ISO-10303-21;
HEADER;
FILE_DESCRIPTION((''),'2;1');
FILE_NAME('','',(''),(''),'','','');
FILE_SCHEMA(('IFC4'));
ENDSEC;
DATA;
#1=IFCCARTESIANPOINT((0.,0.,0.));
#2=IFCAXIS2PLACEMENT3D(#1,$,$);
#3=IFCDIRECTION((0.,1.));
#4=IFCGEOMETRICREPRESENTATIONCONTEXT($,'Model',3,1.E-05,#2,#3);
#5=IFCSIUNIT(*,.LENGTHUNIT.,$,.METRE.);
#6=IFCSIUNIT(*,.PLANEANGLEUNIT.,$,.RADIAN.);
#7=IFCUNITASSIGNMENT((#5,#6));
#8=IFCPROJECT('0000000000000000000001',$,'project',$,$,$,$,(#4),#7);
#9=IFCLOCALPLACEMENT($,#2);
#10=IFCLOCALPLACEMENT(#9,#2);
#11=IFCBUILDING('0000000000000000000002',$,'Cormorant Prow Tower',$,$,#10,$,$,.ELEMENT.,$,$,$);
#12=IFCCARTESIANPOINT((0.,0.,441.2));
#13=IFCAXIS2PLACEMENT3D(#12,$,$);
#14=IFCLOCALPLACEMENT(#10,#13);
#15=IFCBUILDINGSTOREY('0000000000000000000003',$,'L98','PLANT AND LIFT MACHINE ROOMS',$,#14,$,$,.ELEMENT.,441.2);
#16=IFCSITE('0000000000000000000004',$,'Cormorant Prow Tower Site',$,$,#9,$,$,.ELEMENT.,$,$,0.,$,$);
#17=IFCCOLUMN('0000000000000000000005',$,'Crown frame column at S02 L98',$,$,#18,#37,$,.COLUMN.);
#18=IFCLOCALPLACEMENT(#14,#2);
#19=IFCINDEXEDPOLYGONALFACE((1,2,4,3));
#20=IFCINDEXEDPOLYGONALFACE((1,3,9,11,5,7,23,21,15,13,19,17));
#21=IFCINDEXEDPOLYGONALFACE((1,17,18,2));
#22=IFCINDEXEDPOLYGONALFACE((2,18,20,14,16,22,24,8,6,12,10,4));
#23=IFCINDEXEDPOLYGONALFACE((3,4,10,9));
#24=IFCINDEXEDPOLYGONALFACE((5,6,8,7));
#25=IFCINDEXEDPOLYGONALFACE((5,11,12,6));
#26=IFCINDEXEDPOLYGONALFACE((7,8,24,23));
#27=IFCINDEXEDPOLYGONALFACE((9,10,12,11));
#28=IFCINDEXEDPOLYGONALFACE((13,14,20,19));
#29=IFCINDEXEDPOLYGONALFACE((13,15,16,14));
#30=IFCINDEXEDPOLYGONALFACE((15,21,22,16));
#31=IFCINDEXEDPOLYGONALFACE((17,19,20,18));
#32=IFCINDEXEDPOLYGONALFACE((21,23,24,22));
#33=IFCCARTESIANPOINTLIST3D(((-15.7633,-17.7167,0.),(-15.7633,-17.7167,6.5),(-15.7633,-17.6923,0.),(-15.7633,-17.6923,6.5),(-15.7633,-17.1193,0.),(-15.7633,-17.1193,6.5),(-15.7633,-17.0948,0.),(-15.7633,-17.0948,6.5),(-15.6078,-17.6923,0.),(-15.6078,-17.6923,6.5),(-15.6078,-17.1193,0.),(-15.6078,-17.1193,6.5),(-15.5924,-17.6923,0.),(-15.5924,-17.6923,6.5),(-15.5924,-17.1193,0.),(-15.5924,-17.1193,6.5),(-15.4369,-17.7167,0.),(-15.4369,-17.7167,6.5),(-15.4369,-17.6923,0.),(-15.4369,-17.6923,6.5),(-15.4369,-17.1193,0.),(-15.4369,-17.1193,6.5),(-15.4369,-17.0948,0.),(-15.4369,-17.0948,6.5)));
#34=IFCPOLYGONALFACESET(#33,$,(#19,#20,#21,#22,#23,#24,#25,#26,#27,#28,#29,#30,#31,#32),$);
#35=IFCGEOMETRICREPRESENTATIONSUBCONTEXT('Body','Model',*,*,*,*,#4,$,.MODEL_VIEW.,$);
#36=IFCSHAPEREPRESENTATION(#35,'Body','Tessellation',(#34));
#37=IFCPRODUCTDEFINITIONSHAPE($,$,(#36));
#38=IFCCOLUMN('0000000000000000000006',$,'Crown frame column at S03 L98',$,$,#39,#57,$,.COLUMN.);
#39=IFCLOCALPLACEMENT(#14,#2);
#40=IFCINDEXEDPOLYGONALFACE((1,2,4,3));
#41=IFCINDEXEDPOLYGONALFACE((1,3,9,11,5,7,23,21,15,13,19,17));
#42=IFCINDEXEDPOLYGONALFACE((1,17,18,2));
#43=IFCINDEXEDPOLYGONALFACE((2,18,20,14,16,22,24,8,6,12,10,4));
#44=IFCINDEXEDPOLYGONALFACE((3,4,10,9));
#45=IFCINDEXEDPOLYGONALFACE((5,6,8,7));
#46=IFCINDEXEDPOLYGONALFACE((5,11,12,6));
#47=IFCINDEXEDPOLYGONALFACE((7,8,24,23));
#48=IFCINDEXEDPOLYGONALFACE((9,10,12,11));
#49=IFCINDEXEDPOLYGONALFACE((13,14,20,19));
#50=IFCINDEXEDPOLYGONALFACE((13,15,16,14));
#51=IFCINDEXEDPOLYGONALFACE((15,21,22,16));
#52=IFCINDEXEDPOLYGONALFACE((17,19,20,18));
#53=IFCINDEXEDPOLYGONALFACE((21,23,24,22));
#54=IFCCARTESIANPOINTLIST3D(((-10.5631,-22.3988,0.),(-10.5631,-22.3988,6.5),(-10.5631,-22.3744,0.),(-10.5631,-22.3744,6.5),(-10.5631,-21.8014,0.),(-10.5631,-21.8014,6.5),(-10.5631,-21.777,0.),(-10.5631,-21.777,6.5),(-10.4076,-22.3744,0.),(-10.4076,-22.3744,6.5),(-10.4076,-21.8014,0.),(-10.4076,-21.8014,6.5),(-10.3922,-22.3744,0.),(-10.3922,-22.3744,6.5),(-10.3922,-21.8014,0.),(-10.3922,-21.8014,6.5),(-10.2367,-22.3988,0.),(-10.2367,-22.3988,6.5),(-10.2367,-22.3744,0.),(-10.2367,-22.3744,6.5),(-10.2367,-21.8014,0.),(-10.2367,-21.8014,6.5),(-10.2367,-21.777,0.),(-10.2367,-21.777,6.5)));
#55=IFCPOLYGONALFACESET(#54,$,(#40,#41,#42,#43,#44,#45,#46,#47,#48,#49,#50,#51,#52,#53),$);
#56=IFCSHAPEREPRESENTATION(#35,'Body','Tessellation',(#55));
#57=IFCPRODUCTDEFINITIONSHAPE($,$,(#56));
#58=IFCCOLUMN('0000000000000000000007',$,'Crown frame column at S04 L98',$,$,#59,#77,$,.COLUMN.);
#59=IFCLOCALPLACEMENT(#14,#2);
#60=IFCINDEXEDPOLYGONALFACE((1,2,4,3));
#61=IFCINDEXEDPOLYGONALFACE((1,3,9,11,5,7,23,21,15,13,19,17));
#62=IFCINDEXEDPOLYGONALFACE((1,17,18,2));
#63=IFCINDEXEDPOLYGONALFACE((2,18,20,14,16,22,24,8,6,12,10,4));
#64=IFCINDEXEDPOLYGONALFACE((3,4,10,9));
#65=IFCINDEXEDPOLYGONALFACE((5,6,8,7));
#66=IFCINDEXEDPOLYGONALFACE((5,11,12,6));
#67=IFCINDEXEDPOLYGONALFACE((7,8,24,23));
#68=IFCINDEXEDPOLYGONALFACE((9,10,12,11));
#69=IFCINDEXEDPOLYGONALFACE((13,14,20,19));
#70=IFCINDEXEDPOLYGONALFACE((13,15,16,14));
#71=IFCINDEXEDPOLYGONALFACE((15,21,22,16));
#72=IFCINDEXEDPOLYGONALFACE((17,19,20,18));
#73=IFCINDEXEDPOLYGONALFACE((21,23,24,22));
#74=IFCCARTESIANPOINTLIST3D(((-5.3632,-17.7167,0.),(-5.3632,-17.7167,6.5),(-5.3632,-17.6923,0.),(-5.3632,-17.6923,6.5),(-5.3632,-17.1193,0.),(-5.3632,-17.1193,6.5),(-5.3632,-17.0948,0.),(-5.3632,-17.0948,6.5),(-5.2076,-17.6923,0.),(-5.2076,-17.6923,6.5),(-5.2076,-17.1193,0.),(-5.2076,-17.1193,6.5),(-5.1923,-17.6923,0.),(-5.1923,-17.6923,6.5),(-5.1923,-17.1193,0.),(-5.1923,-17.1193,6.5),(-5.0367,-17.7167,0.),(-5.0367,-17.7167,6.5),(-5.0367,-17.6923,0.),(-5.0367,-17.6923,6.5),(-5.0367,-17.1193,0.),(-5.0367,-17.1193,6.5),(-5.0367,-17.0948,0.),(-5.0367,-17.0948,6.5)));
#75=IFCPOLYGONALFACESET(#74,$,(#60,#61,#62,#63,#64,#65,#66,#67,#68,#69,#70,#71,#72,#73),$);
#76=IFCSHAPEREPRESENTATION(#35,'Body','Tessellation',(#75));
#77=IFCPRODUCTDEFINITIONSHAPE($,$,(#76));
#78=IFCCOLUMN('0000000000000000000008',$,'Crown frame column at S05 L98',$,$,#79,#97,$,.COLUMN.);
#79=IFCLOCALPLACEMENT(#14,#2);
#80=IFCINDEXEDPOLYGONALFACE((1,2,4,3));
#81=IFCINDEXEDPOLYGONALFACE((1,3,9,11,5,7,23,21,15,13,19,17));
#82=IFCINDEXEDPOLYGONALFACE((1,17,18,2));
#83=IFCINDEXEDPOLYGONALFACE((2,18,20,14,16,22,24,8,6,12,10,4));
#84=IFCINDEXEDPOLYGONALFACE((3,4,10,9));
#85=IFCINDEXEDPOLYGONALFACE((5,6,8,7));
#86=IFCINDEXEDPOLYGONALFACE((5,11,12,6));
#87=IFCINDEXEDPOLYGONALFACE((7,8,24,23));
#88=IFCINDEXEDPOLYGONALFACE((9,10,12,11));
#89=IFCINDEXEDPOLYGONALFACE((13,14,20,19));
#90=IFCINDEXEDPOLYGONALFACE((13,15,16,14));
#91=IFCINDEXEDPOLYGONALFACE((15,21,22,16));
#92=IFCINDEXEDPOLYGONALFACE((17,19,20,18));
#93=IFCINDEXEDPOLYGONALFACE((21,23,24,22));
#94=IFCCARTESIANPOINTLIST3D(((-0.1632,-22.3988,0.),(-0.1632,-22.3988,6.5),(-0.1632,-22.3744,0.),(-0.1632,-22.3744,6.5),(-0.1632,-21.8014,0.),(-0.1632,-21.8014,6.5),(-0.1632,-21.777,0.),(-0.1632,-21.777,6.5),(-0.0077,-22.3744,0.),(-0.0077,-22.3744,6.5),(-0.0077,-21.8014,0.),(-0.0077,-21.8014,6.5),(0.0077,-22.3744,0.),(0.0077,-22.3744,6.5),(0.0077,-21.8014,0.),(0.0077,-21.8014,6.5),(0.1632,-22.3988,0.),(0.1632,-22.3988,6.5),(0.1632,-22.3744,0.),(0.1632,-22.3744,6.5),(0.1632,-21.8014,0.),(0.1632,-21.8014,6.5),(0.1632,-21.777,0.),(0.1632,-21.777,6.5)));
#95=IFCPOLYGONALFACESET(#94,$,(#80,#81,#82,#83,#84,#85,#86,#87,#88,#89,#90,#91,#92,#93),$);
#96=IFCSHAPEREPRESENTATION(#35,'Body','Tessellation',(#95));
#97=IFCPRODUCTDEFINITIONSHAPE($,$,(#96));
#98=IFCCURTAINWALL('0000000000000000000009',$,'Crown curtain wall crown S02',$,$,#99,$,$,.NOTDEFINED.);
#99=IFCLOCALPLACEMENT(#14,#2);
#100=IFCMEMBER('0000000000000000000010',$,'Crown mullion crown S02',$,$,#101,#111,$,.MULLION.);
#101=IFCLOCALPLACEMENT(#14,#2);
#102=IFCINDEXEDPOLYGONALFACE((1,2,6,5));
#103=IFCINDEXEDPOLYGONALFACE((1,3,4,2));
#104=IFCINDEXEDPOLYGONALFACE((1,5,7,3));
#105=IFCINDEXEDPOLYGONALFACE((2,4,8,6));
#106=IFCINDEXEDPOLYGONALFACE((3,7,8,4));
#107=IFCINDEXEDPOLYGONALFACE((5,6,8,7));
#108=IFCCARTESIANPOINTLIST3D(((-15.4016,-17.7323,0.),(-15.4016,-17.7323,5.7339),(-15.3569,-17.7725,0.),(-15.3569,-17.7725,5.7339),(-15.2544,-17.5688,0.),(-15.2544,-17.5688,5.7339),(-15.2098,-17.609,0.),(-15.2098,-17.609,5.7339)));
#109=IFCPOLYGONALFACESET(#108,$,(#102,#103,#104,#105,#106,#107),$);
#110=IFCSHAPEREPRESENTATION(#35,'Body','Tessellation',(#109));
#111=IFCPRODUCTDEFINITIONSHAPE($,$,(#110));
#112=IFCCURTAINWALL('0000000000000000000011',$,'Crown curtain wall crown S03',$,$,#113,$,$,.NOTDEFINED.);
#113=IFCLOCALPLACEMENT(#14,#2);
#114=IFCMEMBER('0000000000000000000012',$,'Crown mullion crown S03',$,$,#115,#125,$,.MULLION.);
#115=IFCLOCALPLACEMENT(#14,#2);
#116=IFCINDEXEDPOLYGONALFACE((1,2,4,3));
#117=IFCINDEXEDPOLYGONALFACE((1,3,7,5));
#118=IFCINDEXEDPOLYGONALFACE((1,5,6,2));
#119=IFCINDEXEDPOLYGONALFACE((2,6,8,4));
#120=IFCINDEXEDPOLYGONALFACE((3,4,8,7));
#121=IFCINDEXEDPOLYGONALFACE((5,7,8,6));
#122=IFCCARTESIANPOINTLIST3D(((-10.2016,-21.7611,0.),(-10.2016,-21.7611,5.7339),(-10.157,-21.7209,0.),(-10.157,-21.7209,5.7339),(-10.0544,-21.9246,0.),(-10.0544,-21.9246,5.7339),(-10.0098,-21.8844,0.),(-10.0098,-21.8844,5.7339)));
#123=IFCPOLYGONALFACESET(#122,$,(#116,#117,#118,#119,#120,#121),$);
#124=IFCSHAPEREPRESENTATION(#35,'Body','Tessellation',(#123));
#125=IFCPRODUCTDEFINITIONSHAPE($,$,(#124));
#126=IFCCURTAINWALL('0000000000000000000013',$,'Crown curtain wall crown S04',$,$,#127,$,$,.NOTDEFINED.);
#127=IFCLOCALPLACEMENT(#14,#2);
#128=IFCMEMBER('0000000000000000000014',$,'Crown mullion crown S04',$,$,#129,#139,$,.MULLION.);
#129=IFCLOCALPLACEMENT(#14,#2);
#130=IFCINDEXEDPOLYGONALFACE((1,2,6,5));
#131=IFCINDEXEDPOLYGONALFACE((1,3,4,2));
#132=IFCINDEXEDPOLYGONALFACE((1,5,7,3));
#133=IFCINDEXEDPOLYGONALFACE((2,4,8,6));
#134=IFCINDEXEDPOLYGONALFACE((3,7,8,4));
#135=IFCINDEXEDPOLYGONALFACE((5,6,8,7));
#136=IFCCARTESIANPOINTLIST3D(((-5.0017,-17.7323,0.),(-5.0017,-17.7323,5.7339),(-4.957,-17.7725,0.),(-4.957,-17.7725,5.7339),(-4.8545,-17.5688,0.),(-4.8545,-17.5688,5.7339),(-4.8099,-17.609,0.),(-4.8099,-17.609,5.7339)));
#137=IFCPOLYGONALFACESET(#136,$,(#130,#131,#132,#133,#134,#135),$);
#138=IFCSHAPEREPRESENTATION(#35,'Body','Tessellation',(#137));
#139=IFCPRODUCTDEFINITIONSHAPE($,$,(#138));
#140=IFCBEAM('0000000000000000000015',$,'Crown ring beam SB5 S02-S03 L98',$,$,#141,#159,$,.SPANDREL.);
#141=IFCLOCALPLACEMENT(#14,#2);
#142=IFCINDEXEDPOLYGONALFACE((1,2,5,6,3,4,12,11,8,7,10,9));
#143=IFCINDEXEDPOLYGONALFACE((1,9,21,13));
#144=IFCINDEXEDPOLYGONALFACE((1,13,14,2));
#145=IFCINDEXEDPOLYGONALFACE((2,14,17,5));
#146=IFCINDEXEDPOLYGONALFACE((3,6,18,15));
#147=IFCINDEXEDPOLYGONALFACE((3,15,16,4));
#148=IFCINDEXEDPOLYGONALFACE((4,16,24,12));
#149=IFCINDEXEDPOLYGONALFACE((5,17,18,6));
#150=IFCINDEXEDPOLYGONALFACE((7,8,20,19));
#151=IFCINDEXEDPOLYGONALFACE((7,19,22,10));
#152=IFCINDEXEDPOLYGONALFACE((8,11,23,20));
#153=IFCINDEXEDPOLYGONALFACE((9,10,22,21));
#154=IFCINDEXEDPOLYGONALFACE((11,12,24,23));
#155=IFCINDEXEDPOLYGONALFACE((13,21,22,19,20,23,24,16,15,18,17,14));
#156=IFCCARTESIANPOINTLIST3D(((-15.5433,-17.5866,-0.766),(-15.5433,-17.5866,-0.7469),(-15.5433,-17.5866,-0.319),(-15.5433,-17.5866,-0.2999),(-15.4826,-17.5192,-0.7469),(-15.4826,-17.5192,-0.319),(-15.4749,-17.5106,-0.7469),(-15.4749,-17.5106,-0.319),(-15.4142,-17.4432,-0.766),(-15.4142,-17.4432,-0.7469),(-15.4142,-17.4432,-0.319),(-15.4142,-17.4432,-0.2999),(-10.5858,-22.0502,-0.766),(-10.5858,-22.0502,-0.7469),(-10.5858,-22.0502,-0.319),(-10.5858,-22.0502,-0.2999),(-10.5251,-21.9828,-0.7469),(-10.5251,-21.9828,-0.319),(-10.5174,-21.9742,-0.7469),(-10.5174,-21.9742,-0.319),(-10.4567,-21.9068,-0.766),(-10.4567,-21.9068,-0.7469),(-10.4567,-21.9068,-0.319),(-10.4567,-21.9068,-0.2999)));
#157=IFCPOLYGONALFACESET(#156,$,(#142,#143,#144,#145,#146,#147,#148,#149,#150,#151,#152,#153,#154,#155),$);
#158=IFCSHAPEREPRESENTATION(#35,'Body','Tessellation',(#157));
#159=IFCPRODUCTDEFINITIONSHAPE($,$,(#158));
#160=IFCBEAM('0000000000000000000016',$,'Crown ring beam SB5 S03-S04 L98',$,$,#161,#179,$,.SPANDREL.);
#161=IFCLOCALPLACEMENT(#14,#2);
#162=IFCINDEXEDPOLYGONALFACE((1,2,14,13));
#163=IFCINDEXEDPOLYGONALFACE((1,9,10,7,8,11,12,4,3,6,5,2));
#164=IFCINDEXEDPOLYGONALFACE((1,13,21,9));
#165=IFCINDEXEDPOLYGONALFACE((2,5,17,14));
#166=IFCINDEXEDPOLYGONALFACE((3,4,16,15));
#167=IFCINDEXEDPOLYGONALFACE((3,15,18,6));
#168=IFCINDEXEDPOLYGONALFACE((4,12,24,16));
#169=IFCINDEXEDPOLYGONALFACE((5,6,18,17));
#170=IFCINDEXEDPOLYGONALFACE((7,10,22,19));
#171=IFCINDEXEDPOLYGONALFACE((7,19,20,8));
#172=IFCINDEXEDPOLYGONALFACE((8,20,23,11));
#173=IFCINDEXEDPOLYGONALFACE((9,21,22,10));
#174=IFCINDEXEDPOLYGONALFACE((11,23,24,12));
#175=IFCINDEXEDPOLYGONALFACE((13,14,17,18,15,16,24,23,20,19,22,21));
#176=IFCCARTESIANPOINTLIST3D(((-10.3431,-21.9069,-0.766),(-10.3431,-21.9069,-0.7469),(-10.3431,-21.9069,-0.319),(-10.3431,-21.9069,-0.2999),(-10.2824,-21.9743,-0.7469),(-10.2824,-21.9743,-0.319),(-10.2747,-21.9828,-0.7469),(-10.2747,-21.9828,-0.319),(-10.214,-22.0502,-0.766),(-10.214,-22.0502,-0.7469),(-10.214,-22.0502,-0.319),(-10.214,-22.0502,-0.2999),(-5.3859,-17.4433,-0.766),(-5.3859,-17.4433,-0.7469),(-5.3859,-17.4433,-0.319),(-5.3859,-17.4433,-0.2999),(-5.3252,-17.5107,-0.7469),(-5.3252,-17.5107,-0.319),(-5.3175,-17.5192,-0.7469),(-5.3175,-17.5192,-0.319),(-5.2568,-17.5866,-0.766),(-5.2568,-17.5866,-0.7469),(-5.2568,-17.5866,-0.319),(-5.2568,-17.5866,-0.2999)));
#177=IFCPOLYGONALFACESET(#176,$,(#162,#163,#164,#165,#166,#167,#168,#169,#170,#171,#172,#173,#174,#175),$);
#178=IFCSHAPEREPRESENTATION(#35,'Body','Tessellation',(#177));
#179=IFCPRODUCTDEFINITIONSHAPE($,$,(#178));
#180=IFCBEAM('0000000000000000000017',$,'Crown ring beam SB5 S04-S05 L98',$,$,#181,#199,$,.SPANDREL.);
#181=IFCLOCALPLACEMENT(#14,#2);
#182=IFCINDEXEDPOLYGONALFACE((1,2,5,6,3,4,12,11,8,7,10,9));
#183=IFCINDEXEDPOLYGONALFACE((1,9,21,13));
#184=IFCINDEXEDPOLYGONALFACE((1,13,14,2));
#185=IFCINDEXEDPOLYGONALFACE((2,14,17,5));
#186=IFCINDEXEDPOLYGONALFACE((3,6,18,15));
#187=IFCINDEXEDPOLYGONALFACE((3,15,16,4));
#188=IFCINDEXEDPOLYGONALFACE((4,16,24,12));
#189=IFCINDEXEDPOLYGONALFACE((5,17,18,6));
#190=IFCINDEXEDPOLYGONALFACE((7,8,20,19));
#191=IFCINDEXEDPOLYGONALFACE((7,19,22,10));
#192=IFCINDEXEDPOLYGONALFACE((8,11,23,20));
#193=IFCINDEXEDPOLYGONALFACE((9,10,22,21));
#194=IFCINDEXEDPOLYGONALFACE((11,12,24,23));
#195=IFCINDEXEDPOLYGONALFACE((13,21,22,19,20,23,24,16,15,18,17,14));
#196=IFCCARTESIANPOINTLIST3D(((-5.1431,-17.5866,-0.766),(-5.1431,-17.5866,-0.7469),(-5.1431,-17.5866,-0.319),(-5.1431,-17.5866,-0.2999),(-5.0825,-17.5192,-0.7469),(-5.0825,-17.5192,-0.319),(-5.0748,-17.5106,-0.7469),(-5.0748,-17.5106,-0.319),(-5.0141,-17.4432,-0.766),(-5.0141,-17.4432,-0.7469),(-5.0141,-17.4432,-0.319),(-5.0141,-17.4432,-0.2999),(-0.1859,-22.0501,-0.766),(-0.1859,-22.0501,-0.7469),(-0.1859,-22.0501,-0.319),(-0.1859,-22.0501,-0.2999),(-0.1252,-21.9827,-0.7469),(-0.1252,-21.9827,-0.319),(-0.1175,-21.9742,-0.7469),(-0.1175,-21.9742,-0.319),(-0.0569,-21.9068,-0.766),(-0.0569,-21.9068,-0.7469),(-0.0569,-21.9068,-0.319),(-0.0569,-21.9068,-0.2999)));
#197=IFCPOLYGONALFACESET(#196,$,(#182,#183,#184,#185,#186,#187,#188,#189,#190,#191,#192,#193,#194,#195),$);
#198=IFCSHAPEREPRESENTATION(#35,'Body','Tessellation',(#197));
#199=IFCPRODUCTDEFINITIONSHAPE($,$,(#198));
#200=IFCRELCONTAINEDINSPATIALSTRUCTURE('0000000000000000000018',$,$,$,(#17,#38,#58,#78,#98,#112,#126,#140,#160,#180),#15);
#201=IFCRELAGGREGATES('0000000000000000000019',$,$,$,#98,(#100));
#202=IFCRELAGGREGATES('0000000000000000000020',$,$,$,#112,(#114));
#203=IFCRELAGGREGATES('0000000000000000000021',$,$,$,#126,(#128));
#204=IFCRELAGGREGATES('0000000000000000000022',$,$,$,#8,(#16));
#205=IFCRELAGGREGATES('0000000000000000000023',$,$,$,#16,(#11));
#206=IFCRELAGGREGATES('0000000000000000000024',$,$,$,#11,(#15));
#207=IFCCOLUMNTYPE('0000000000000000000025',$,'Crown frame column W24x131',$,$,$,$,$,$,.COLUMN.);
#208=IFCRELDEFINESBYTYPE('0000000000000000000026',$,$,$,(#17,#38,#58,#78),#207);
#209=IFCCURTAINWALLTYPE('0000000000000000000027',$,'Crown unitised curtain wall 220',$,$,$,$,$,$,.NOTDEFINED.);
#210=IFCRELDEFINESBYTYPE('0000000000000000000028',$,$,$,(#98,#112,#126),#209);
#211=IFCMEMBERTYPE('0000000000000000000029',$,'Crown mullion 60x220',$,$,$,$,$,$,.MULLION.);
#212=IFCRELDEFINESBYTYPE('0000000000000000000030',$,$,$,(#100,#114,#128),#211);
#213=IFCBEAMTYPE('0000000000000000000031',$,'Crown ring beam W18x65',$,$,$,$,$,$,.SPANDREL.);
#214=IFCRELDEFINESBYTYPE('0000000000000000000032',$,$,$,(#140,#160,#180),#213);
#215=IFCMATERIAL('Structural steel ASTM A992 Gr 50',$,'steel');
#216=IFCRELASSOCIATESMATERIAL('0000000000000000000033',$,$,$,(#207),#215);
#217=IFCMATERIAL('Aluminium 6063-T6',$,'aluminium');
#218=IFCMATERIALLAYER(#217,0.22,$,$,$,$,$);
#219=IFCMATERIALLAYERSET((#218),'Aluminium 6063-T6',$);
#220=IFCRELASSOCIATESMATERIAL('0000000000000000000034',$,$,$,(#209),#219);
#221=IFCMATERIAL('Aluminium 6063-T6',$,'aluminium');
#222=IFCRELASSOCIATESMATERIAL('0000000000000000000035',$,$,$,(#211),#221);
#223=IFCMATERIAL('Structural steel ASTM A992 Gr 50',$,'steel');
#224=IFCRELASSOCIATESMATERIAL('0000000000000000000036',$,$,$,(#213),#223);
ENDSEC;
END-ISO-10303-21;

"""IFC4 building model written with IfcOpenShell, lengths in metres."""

from ifc_helpers import new_model, si_unit, direction, frame, origin, origin_2d, place, context, subcontext, project, spatial, rectangle, i_section, extrude, material, layer, layer_set, material_profile, profile_set, type_object, element, aggregate, save


model = new_model("IFC4")

# Units and contexts
model_context = context("Model", 3, precision=1e-05, world=origin(), true_north=direction((0.0, 1.0)))
body_context = subcontext(model_context, "Body", "Model", "MODEL_VIEW")
ifc_project = project(units=[si_unit("LENGTHUNIT", "METRE"), si_unit("PLANEANGLEUNIT", "RADIAN")], contexts=[model_context])

# Site, building, storey
site_placement = place(None, origin())
site = spatial("IfcSite", under=ifc_project, at=site_placement, Name="Cormorant Prow Tower Site", CompositionType="ELEMENT", RefElevation=0.0)
building_placement = place(site_placement, origin())
building = spatial("IfcBuilding", under=site, at=building_placement, Name="Cormorant Prow Tower", CompositionType="ELEMENT")
storey_placement = place(building_placement, frame((0.0, 0.0, 441.2)))
storey = spatial("IfcBuildingStorey", under=building, at=storey_placement, Name="L98", Description="PLANT AND LIFT MACHINE ROOMS", CompositionType="ELEMENT", Elevation=441.2)

# Columns
ifc_material_1 = material(Name="Structural steel ASTM A992 Gr 50", Category="steel")
ifc_material_profile_1 = material_profile(ifc_material_1, i_section(OverallWidth=0.3264, OverallDepth=0.6218, WebThickness=0.0154, FlangeThickness=0.0244, at=origin_2d()), Name="W24x131")
ifc_profile_set_1 = profile_set([ifc_material_profile_1], Name="Structural steel ASTM A992 Gr 50")
column_type = type_object("IfcColumnType", Name="Crown frame column W24x131", PredefinedType="COLUMN", material=ifc_profile_set_1)
for number, where, z_axis, x_axis, name in (
    (1, (-15.6001, -17.4058, 0.0), (0.0, 0.0, 1.0), (1.0, 0.0, 0.0), "Crown frame column at S02 L98"),
    (2, (-10.3999, -22.0879, 0.0), (0.0, 0.0, 1.0), (1.0, 0.0, 0.0), "Crown frame column at S03 L98"),
    (3, (-5.2, -17.4058, 0.0), (0.0, 0.0, 1.0), (1.0, 0.0, 0.0), "Crown frame column at S04 L98"),
    (4, (0.0, -22.0879, 0.0), (0.0, 0.0, 1.0), (1.0, 0.0, 0.0), "Crown frame column at S05 L98"),
):
    element("IfcColumn", number, at=place(storey_placement, frame(where, z_axis=z_axis, x_axis=x_axis)), inside=storey, type_object=column_type, Name=name, PredefinedType="COLUMN", context=body_context, shape_type="SweptSolid", body=[
        extrude(i_section(OverallWidth=0.3264, OverallDepth=0.6218, WebThickness=0.0154, FlangeThickness=0.0244, at=origin_2d()), origin(), (0.0, 0.0, 1.0), 6.5),
    ])

# Curtain walls, members
ifc_material_2 = material(Name="Aluminium 6063-T6", Category="aluminium")
ifc_layer_1 = layer(ifc_material_2, 0.22)
ifc_layer_set_1 = layer_set([ifc_layer_1], Name="Aluminium 6063-T6")
curtain_wall_type = type_object("IfcCurtainWallType", Name="Crown unitised curtain wall 220", PredefinedType="NOTDEFINED", material=ifc_layer_set_1)
curtain_wall_1_placement = place(storey_placement, origin())
curtain_wall_1 = element("IfcCurtainWall", 5, at=curtain_wall_1_placement, inside=storey, type_object=curtain_wall_type, Name="Crown curtain wall crown S02", PredefinedType="NOTDEFINED")
ifc_material_3 = material(Name="Aluminium 6063-T6", Category="aluminium")
ifc_material_profile_2 = material_profile(ifc_material_3, rectangle(XDim=0.22, YDim=0.0601, at=origin_2d()), Name="Crown mullion 60x220")
ifc_profile_set_2 = profile_set([ifc_material_profile_2], Name="Aluminium 6063-T6")
member_type_1 = type_object("IfcMemberType", Name="Crown mullion 60x220", PredefinedType="MULLION", material=ifc_profile_set_2)
member_1_placement = place(storey_placement, frame((-15.3057, -17.6707, 0.0), z_axis=(0.0, 0.0, 1.0), x_axis=(0.669131, 0.743145, 0.0)))
member_1 = element("IfcMember", 6, at=member_1_placement, type_object=member_type_1, Name="Crown mullion crown S02", PredefinedType="MULLION", context=body_context, shape_type="SweptSolid", body=[
    extrude(rectangle(XDim=0.22, YDim=0.0601, at=origin_2d()), origin(), (0.0, 0.0, 1.0), 5.7339),
])
curtain_wall_2_placement = place(storey_placement, origin())
curtain_wall_2 = element("IfcCurtainWall", 7, at=curtain_wall_2_placement, inside=storey, type_object=curtain_wall_type, Name="Crown curtain wall crown S03", PredefinedType="NOTDEFINED")
member_2_placement = place(storey_placement, frame((-10.1057, -21.8228, 0.0), z_axis=(0.0, 0.0, 1.0), x_axis=(-0.669131, 0.743145, 0.0)))
member_2 = element("IfcMember", 8, at=member_2_placement, type_object=member_type_1, Name="Crown mullion crown S03", PredefinedType="MULLION", context=body_context, shape_type="SweptSolid", body=[
    extrude(rectangle(XDim=0.22, YDim=0.0601, at=origin_2d()), origin(), (0.0, 0.0, 1.0), 5.7339),
])
curtain_wall_3_placement = place(storey_placement, origin())
curtain_wall_3 = element("IfcCurtainWall", 9, at=curtain_wall_3_placement, inside=storey, type_object=curtain_wall_type, Name="Crown curtain wall crown S04", PredefinedType="NOTDEFINED")
member_3_placement = place(storey_placement, frame((-4.9058, -17.6707, 0.0), z_axis=(0.0, 0.0, 1.0), x_axis=(0.669131, 0.743145, 0.0)))
member_3 = element("IfcMember", 10, at=member_3_placement, type_object=member_type_1, Name="Crown mullion crown S04", PredefinedType="MULLION", context=body_context, shape_type="SweptSolid", body=[
    extrude(rectangle(XDim=0.22, YDim=0.0601, at=origin_2d()), origin(), (0.0, 0.0, 1.0), 5.7339),
])

# Beams
ifc_material_4 = material(Name="Structural steel ASTM A992 Gr 50", Category="steel")
ifc_material_profile_3 = material_profile(ifc_material_4, i_section(OverallWidth=0.1929, OverallDepth=0.4661, WebThickness=0.0115, FlangeThickness=0.019, at=origin_2d()), Name="W18x65")
ifc_profile_set_3 = profile_set([ifc_material_profile_3], Name="Structural steel ASTM A992 Gr 50")
beam_type = type_object("IfcBeamType", Name="Crown ring beam W18x65", PredefinedType="SPANDREL", material=ifc_profile_set_3)
beam_placement = place(storey_placement, frame((-15.4788, -17.5149, -0.533), z_axis=(0.743156, -0.669118, 0.0), x_axis=(0.669118, 0.743156, 0.0)))
element("IfcBeam", 11, at=beam_placement, inside=storey, type_object=beam_type, Name="Crown ring beam SB5 S02-S03 L98", PredefinedType="SPANDREL", context=body_context, shape_type="SweptSolid", body=[
    extrude(i_section(OverallWidth=0.1929, OverallDepth=0.4661, WebThickness=0.0115, FlangeThickness=0.019, at=origin_2d()), origin(), (0.0, 0.0, 1.0), 6.6709),
])
for number, where, z_axis, x_axis, name in (
    (12, (-10.2786, -21.9785, -0.533), (0.743139, 0.669137, 0.0), (-0.669137, 0.743139, 0.0), "Crown ring beam SB5 S03-S04 L98"),
    (13, (-5.0786, -17.5149, -0.533), (0.743139, -0.669137, 0.0), (0.669137, 0.743139, 0.0), "Crown ring beam SB5 S04-S05 L98"),
):
    element("IfcBeam", number, at=place(storey_placement, frame(where, z_axis=z_axis, x_axis=x_axis)), inside=storey, type_object=beam_type, Name=name, PredefinedType="SPANDREL", context=body_context, shape_type="SweptSolid", body=[
        extrude(i_section(OverallWidth=0.1929, OverallDepth=0.4661, WebThickness=0.0115, FlangeThickness=0.019, at=origin_2d()), origin(), (0.0, 0.0, 1.0), 6.6707),
    ])

aggregate(curtain_wall_1, [member_1])
aggregate(curtain_wall_2, [member_2])
aggregate(curtain_wall_3, [member_3])

save(model, "model.ifc")
